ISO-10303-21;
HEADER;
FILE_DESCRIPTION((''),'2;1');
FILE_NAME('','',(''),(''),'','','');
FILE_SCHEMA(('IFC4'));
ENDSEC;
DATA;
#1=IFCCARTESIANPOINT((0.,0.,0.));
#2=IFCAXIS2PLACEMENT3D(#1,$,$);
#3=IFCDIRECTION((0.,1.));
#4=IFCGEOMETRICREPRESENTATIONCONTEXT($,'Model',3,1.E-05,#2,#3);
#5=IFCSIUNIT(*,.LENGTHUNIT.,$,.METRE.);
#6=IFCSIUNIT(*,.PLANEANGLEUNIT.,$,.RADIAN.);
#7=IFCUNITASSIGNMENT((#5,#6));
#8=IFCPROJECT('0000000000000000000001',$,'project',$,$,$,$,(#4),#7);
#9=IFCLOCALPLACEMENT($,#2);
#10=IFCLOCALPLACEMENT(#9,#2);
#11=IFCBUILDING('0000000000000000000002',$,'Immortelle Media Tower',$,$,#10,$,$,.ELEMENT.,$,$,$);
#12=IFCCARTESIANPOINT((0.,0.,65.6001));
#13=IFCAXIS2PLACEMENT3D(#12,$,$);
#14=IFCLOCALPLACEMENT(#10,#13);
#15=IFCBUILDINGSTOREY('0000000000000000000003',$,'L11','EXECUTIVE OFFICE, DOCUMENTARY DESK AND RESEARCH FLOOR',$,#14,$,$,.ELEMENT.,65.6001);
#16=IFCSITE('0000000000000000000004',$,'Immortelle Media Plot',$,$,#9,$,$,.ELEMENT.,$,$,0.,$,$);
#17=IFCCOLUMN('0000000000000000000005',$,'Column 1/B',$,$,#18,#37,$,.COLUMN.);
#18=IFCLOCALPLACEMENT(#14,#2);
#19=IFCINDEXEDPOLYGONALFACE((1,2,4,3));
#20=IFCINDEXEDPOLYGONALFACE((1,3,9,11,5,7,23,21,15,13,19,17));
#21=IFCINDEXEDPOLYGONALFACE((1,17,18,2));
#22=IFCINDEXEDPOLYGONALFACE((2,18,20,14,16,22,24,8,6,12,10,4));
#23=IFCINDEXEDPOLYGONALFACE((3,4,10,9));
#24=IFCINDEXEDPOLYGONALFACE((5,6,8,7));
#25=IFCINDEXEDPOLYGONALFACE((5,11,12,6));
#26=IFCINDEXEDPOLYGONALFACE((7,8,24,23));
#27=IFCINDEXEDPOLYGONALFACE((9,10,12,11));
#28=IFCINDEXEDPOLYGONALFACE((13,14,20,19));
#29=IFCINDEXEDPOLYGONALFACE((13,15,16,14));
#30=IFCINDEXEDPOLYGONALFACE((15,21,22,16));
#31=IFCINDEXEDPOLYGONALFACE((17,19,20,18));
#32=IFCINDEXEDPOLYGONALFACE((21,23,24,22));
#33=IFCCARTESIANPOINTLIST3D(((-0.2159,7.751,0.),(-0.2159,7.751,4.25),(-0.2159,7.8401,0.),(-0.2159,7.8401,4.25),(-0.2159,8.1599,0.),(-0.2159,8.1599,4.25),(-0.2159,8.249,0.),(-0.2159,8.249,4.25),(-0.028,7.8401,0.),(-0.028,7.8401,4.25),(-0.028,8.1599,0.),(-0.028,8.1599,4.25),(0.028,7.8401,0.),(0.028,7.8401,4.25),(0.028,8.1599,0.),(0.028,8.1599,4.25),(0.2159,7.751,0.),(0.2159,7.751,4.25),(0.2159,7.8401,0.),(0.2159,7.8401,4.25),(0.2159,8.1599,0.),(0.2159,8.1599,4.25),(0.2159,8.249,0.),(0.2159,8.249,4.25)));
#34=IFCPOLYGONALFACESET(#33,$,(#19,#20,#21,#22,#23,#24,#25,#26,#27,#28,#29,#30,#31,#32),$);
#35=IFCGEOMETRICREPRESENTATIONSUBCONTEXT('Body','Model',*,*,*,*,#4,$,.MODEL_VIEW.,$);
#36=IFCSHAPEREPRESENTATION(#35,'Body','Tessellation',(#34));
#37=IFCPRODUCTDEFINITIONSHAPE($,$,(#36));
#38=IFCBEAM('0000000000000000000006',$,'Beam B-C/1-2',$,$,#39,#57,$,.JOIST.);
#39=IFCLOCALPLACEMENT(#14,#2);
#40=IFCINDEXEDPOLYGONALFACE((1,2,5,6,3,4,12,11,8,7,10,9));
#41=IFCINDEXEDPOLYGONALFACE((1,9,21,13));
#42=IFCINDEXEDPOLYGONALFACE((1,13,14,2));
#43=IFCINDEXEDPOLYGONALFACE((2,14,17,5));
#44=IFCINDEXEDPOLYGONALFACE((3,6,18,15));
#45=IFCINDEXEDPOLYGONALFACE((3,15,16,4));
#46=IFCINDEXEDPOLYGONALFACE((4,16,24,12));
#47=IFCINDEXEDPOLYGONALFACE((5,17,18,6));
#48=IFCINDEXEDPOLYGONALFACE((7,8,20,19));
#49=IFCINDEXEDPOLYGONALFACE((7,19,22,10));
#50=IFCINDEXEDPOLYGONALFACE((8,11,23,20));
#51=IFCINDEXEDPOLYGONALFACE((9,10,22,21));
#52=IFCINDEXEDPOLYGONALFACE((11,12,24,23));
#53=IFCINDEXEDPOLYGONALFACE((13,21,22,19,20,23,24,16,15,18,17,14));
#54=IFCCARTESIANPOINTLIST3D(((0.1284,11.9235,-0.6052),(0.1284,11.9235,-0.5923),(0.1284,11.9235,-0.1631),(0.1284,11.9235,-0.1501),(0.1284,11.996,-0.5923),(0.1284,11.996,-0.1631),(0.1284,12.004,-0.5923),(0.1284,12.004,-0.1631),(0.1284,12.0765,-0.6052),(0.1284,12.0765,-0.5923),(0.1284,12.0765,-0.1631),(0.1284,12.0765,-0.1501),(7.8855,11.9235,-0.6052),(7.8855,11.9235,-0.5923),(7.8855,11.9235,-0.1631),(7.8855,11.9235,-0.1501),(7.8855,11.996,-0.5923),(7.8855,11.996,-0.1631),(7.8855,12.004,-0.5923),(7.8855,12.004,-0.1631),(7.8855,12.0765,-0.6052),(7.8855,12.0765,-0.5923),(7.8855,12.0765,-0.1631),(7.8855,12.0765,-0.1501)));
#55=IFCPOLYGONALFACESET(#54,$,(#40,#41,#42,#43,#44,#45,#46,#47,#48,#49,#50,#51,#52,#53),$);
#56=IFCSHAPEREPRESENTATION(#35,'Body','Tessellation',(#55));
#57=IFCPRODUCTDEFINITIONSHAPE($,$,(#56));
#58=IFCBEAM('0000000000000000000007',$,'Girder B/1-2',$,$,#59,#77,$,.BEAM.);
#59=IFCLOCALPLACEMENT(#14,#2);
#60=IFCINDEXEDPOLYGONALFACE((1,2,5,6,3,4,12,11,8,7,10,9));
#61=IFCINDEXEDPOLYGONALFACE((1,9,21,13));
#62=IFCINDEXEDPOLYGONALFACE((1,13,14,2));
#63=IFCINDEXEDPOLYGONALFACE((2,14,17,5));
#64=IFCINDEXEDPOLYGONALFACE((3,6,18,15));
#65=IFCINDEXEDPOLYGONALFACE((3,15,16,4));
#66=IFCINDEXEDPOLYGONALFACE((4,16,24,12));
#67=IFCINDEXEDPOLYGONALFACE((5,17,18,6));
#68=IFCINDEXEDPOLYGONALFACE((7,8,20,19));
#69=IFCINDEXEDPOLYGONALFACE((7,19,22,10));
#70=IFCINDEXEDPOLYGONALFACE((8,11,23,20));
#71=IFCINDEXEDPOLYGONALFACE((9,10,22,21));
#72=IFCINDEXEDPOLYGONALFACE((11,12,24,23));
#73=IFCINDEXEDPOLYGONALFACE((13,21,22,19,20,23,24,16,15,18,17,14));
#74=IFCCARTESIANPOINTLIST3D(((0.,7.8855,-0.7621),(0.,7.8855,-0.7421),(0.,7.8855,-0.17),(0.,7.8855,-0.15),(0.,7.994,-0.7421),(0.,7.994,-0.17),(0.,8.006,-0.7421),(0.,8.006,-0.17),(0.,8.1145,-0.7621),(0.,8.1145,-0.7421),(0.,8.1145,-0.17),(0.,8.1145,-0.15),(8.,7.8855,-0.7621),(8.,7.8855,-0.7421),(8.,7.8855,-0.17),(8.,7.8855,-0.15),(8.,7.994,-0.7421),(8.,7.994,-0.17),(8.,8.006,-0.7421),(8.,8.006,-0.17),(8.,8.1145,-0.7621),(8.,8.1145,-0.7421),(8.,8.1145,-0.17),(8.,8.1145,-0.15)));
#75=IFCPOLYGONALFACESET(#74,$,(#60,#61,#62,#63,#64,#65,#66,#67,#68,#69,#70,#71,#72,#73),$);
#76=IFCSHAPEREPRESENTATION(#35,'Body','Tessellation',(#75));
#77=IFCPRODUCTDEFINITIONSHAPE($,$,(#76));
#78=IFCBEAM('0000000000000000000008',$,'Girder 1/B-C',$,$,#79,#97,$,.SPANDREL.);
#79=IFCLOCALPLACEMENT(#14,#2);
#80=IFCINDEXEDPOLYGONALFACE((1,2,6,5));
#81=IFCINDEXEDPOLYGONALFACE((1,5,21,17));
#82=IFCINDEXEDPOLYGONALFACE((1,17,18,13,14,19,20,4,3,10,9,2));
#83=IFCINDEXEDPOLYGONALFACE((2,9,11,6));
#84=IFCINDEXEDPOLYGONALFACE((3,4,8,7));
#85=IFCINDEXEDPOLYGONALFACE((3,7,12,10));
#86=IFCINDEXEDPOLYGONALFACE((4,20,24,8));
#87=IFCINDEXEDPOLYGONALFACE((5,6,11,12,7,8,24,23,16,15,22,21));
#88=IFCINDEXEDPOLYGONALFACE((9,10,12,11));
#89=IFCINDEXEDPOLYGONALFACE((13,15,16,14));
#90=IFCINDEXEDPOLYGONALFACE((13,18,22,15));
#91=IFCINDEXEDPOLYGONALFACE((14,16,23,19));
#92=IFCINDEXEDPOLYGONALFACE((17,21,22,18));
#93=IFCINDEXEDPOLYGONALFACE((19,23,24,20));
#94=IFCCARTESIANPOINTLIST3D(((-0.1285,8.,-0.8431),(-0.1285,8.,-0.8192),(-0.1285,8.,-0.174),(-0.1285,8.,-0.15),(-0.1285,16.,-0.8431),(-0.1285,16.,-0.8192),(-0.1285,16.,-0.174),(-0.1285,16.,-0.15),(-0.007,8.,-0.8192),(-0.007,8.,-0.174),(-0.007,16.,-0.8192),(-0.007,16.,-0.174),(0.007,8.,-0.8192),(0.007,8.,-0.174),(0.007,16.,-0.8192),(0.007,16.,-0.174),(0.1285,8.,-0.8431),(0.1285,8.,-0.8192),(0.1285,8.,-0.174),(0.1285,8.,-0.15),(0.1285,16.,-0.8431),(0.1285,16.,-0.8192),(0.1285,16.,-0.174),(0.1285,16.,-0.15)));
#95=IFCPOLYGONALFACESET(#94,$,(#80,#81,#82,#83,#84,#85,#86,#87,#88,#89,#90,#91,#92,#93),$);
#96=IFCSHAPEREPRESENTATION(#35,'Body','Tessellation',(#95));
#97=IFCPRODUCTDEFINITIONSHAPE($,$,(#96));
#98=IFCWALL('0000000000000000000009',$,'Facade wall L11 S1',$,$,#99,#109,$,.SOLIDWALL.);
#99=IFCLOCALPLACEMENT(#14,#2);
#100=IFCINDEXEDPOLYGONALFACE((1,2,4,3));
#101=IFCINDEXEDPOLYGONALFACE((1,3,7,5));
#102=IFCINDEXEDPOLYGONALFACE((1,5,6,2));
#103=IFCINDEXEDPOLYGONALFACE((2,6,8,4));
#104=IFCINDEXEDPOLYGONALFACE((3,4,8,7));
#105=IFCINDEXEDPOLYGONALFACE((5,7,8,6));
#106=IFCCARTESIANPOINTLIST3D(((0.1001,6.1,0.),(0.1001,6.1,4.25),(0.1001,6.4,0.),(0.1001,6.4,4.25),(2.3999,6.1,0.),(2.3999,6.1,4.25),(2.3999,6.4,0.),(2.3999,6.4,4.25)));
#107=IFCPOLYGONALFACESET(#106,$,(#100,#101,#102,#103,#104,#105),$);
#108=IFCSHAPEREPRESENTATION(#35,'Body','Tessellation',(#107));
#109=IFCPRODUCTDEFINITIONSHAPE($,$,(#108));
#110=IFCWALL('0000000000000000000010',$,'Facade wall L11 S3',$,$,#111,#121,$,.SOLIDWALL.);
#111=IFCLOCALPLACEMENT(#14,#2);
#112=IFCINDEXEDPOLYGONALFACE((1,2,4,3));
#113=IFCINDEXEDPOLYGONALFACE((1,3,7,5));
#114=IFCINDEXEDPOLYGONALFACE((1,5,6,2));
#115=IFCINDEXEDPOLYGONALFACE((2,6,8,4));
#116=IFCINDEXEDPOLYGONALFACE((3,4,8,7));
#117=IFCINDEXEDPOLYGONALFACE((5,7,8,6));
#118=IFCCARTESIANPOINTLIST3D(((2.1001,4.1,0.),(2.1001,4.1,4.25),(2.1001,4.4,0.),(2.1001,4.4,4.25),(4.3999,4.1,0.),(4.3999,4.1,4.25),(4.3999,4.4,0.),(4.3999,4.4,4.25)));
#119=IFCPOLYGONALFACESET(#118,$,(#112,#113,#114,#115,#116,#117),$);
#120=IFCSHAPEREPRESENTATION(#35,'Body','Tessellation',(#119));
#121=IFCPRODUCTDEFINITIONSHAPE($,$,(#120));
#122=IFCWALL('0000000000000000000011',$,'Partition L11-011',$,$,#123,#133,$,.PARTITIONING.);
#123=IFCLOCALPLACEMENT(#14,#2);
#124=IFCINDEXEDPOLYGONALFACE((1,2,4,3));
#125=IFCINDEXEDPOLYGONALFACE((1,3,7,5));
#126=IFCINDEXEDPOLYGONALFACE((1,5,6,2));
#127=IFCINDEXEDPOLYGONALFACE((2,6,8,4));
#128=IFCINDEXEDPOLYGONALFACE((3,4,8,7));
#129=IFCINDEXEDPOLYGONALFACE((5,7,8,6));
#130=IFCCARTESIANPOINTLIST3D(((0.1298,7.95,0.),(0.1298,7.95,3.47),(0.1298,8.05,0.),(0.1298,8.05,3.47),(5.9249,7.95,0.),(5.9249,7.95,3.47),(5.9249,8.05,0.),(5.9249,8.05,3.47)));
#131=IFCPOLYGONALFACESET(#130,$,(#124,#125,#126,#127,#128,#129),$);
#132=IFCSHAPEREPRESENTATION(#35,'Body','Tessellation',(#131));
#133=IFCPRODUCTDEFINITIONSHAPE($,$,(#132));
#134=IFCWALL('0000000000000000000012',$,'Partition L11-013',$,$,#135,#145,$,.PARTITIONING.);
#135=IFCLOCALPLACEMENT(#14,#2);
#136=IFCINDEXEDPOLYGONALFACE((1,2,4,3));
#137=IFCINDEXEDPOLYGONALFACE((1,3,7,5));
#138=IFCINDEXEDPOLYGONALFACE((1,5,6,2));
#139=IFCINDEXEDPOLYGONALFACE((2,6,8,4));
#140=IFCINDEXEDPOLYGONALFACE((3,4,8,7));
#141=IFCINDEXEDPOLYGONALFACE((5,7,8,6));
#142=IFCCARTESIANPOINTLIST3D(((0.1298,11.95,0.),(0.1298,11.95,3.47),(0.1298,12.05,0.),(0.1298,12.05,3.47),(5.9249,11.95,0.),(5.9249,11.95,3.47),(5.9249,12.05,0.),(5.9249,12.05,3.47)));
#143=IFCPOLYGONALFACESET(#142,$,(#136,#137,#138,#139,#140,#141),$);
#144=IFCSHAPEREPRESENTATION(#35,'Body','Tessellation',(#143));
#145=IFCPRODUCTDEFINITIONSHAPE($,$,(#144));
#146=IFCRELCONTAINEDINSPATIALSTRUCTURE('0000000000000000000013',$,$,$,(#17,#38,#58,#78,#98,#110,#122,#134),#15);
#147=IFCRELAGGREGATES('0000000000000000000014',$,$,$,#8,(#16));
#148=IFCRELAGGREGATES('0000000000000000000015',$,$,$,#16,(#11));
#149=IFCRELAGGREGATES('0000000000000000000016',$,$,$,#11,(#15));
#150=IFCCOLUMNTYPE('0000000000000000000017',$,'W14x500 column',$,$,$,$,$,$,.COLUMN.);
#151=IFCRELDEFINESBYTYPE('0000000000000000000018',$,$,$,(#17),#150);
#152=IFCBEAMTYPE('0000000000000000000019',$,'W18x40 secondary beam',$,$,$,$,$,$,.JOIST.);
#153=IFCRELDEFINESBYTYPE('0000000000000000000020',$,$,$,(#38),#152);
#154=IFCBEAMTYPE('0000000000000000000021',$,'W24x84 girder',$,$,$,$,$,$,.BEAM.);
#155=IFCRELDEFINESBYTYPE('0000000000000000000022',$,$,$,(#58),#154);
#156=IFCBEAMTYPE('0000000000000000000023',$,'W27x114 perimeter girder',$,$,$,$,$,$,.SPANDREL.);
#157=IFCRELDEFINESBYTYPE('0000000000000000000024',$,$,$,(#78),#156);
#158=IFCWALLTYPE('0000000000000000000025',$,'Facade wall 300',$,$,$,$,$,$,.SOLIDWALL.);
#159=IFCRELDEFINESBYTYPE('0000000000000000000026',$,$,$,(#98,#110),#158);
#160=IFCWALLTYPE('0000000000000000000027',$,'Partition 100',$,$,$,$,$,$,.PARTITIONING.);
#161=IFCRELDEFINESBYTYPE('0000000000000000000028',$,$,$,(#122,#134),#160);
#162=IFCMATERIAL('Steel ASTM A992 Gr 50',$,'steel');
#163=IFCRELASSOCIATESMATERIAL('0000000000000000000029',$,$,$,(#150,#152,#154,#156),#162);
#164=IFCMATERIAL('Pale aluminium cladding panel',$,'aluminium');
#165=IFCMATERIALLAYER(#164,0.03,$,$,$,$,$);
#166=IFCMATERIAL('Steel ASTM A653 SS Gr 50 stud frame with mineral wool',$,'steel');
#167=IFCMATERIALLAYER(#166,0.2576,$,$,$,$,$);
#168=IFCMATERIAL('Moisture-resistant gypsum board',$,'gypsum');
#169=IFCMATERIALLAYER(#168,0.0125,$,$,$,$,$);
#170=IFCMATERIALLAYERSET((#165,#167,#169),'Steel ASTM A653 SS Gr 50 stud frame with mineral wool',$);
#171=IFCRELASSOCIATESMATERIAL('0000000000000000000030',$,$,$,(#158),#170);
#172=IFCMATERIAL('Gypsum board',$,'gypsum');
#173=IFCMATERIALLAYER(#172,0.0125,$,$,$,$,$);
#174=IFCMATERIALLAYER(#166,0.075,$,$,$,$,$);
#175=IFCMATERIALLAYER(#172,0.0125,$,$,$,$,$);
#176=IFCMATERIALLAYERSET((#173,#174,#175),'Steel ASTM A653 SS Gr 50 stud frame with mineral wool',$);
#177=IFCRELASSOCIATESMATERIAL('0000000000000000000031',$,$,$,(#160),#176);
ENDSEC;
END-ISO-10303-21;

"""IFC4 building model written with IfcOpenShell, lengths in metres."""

from ifc_helpers import new_model, si_unit, direction, frame, frame_2d, origin, origin_2d, place, context, subcontext, project, spatial, rectangle, i_section, extrude, material, layer, layer_set, material_profile, profile_set, type_object, element, save


model = new_model("IFC4")

# Units and contexts
model_context = context("Model", 3, precision=1e-05, world=origin(), true_north=direction((0.0, 1.0)))
body_context = subcontext(model_context, "Body", "Model", "MODEL_VIEW")
ifc_project = project(units=[si_unit("LENGTHUNIT", "METRE"), si_unit("PLANEANGLEUNIT", "RADIAN")], contexts=[model_context])

# Site, building, storey
site_placement = place(None, origin())
site = spatial("IfcSite", under=ifc_project, at=site_placement, Name="Immortelle Media Plot", CompositionType="ELEMENT", RefElevation=0.0)
building_placement = place(site_placement, origin())
building = spatial("IfcBuilding", under=site, at=building_placement, Name="Immortelle Media Tower", CompositionType="ELEMENT")
storey_placement = place(building_placement, frame((0.0, 0.0, 65.6001)))
storey = spatial("IfcBuildingStorey", under=building, at=storey_placement, Name="L11", Description="EXECUTIVE OFFICE, DOCUMENTARY DESK AND RESEARCH FLOOR", CompositionType="ELEMENT", Elevation=65.6001)

# Column
ifc_material_1 = material(Name="Steel ASTM A992 Gr 50", Category="steel")
ifc_material_profile_1 = material_profile(ifc_material_1, i_section(OverallWidth=0.4319, OverallDepth=0.498, WebThickness=0.0559, FlangeThickness=0.0891, at=origin_2d()), Name="W14x500")
ifc_profile_set_1 = profile_set([ifc_material_profile_1], Name="Steel ASTM A992 Gr 50")
column_type = type_object("IfcColumnType", Name="W14x500 column", PredefinedType="COLUMN", material=ifc_profile_set_1)
column_placement = place(storey_placement, frame((0.0, 8.0, 0.0), z_axis=(0.0, 0.0, 1.0), x_axis=(1.0, 0.0, 0.0)))
element("IfcColumn", 1, at=column_placement, inside=storey, type_object=column_type, Name="Column 1/B", PredefinedType="COLUMN", context=body_context, shape_type="SweptSolid", body=[
    extrude(i_section(OverallWidth=0.4319, OverallDepth=0.498, WebThickness=0.0559, FlangeThickness=0.0891, at=origin_2d()), origin(), (0.0, 0.0, 1.0), 4.25),
])

# Beams
ifc_material_profile_2 = material_profile(ifc_material_1, i_section(OverallWidth=0.1531, OverallDepth=0.4551, WebThickness=0.0081, FlangeThickness=0.0129, at=origin_2d()), Name="W18x40")
ifc_profile_set_2 = profile_set([ifc_material_profile_2], Name="Steel ASTM A992 Gr 50")
beam_type_1 = type_object("IfcBeamType", Name="W18x40 secondary beam", PredefinedType="JOIST", material=ifc_profile_set_2)
beam_1_placement = place(storey_placement, frame((0.1284, 12.0, -0.3777), z_axis=(1.0, 0.0, 0.0), x_axis=(0.0, 1.0, 0.0)))
element("IfcBeam", 2, at=beam_1_placement, inside=storey, type_object=beam_type_1, Name="Beam B-C/1-2", PredefinedType="JOIST", context=body_context, shape_type="SweptSolid", body=[
    extrude(i_section(OverallWidth=0.1531, OverallDepth=0.4551, WebThickness=0.0081, FlangeThickness=0.0129, at=origin_2d()), origin(), (0.0, 0.0, 1.0), 7.7571),
])
ifc_material_profile_3 = material_profile(ifc_material_1, i_section(OverallWidth=0.229, OverallDepth=0.6121, WebThickness=0.012, FlangeThickness=0.02, at=origin_2d()), Name="W24x84")
ifc_profile_set_3 = profile_set([ifc_material_profile_3], Name="Steel ASTM A992 Gr 50")
beam_type_2 = type_object("IfcBeamType", Name="W24x84 girder", PredefinedType="BEAM", material=ifc_profile_set_3)
beam_2_placement = place(storey_placement, frame((0.0, 8.0, -0.4561), z_axis=(1.0, 0.0, 0.0), x_axis=(0.0, 1.0, 0.0)))
element("IfcBeam", 3, at=beam_2_placement, inside=storey, type_object=beam_type_2, Name="Girder B/1-2", PredefinedType="BEAM", context=body_context, shape_type="SweptSolid", body=[
    extrude(i_section(OverallWidth=0.229, OverallDepth=0.6121, WebThickness=0.012, FlangeThickness=0.02, at=origin_2d()), origin(), (0.0, 0.0, 1.0), 8.0),
])
ifc_material_profile_4 = material_profile(ifc_material_1, i_section(OverallWidth=0.2571, OverallDepth=0.6931, WebThickness=0.0139, FlangeThickness=0.0239, at=origin_2d()), Name="W27x114")
ifc_profile_set_4 = profile_set([ifc_material_profile_4], Name="Steel ASTM A992 Gr 50")
beam_type_3 = type_object("IfcBeamType", Name="W27x114 perimeter girder", PredefinedType="SPANDREL", material=ifc_profile_set_4)
beam_3_placement = place(storey_placement, frame((0.0, 8.0, -0.4966), z_axis=(0.0, 1.0, 0.0), x_axis=(-1.0, 0.0, 0.0)))
element("IfcBeam", 4, at=beam_3_placement, inside=storey, type_object=beam_type_3, Name="Girder 1/B-C", PredefinedType="SPANDREL", context=body_context, shape_type="SweptSolid", body=[
    extrude(i_section(OverallWidth=0.2571, OverallDepth=0.6931, WebThickness=0.0139, FlangeThickness=0.0239, at=origin_2d()), origin(), (0.0, 0.0, 1.0), 8.0),
])

# Walls
ifc_material_2 = material(Name="Pale aluminium cladding panel", Category="aluminium")
ifc_layer_1 = layer(ifc_material_2, 0.03)
ifc_material_3 = material(Name="Steel ASTM A653 SS Gr 50 stud frame with mineral wool", Category="steel")
ifc_layer_2 = layer(ifc_material_3, 0.2576)
ifc_material_4 = material(Name="Moisture-resistant gypsum board", Category="gypsum")
ifc_layer_3 = layer(ifc_material_4, 0.0125)
ifc_layer_set_1 = layer_set([ifc_layer_1, ifc_layer_2, ifc_layer_3], Name="Steel ASTM A653 SS Gr 50 stud frame with mineral wool")
wall_type_1 = type_object("IfcWallType", Name="Facade wall 300", PredefinedType="SOLIDWALL", material=ifc_layer_set_1)
for number, where, z_axis, x_axis, name in (
    (5, (0.1001, 6.25, 0.0), (0.0, 0.0, 1.0), (1.0, 0.0, 0.0), "Facade wall L11 S1"),
    (6, (2.1001, 4.25, 0.0), (0.0, 0.0, 1.0), (1.0, 0.0, 0.0), "Facade wall L11 S3"),
):
    element("IfcWall", number, at=place(storey_placement, frame(where, z_axis=z_axis, x_axis=x_axis)), inside=storey, type_object=wall_type_1, Name=name, PredefinedType="SOLIDWALL", context=body_context, shape_type="SweptSolid", body=[
        extrude(rectangle(XDim=2.2998, YDim=0.3, at=frame_2d((1.1499, 0.0))), origin(), (0.0, 0.0, 1.0), 4.25),
    ])
ifc_material_5 = material(Name="Gypsum board", Category="gypsum")
ifc_layer_4 = layer(ifc_material_5, 0.0125)
ifc_layer_5 = layer(ifc_material_3, 0.075)
ifc_layer_6 = layer(ifc_material_5, 0.0125)
ifc_layer_set_2 = layer_set([ifc_layer_4, ifc_layer_5, ifc_layer_6], Name="Steel ASTM A653 SS Gr 50 stud frame with mineral wool")
wall_type_2 = type_object("IfcWallType", Name="Partition 100", PredefinedType="PARTITIONING", material=ifc_layer_set_2)
for number, where, z_axis, x_axis, name in (
    (7, (0.1299, 8.0, 0.0), (0.0, 0.0, 1.0), (1.0, 0.0, 0.0), "Partition L11-011"),
    (8, (0.1299, 12.0, 0.0), (0.0, 0.0, 1.0), (1.0, 0.0, 0.0), "Partition L11-013"),
):
    element("IfcWall", number, at=place(storey_placement, frame(where, z_axis=z_axis, x_axis=x_axis)), inside=storey, type_object=wall_type_2, Name=name, PredefinedType="PARTITIONING", context=body_context, shape_type="SweptSolid", body=[
        extrude(rectangle(XDim=5.7952, YDim=0.1001, at=frame_2d((2.8975, 0.0))), origin(), (0.0, 0.0, 1.0), 3.47),
    ])

save(model, "model.ifc")
